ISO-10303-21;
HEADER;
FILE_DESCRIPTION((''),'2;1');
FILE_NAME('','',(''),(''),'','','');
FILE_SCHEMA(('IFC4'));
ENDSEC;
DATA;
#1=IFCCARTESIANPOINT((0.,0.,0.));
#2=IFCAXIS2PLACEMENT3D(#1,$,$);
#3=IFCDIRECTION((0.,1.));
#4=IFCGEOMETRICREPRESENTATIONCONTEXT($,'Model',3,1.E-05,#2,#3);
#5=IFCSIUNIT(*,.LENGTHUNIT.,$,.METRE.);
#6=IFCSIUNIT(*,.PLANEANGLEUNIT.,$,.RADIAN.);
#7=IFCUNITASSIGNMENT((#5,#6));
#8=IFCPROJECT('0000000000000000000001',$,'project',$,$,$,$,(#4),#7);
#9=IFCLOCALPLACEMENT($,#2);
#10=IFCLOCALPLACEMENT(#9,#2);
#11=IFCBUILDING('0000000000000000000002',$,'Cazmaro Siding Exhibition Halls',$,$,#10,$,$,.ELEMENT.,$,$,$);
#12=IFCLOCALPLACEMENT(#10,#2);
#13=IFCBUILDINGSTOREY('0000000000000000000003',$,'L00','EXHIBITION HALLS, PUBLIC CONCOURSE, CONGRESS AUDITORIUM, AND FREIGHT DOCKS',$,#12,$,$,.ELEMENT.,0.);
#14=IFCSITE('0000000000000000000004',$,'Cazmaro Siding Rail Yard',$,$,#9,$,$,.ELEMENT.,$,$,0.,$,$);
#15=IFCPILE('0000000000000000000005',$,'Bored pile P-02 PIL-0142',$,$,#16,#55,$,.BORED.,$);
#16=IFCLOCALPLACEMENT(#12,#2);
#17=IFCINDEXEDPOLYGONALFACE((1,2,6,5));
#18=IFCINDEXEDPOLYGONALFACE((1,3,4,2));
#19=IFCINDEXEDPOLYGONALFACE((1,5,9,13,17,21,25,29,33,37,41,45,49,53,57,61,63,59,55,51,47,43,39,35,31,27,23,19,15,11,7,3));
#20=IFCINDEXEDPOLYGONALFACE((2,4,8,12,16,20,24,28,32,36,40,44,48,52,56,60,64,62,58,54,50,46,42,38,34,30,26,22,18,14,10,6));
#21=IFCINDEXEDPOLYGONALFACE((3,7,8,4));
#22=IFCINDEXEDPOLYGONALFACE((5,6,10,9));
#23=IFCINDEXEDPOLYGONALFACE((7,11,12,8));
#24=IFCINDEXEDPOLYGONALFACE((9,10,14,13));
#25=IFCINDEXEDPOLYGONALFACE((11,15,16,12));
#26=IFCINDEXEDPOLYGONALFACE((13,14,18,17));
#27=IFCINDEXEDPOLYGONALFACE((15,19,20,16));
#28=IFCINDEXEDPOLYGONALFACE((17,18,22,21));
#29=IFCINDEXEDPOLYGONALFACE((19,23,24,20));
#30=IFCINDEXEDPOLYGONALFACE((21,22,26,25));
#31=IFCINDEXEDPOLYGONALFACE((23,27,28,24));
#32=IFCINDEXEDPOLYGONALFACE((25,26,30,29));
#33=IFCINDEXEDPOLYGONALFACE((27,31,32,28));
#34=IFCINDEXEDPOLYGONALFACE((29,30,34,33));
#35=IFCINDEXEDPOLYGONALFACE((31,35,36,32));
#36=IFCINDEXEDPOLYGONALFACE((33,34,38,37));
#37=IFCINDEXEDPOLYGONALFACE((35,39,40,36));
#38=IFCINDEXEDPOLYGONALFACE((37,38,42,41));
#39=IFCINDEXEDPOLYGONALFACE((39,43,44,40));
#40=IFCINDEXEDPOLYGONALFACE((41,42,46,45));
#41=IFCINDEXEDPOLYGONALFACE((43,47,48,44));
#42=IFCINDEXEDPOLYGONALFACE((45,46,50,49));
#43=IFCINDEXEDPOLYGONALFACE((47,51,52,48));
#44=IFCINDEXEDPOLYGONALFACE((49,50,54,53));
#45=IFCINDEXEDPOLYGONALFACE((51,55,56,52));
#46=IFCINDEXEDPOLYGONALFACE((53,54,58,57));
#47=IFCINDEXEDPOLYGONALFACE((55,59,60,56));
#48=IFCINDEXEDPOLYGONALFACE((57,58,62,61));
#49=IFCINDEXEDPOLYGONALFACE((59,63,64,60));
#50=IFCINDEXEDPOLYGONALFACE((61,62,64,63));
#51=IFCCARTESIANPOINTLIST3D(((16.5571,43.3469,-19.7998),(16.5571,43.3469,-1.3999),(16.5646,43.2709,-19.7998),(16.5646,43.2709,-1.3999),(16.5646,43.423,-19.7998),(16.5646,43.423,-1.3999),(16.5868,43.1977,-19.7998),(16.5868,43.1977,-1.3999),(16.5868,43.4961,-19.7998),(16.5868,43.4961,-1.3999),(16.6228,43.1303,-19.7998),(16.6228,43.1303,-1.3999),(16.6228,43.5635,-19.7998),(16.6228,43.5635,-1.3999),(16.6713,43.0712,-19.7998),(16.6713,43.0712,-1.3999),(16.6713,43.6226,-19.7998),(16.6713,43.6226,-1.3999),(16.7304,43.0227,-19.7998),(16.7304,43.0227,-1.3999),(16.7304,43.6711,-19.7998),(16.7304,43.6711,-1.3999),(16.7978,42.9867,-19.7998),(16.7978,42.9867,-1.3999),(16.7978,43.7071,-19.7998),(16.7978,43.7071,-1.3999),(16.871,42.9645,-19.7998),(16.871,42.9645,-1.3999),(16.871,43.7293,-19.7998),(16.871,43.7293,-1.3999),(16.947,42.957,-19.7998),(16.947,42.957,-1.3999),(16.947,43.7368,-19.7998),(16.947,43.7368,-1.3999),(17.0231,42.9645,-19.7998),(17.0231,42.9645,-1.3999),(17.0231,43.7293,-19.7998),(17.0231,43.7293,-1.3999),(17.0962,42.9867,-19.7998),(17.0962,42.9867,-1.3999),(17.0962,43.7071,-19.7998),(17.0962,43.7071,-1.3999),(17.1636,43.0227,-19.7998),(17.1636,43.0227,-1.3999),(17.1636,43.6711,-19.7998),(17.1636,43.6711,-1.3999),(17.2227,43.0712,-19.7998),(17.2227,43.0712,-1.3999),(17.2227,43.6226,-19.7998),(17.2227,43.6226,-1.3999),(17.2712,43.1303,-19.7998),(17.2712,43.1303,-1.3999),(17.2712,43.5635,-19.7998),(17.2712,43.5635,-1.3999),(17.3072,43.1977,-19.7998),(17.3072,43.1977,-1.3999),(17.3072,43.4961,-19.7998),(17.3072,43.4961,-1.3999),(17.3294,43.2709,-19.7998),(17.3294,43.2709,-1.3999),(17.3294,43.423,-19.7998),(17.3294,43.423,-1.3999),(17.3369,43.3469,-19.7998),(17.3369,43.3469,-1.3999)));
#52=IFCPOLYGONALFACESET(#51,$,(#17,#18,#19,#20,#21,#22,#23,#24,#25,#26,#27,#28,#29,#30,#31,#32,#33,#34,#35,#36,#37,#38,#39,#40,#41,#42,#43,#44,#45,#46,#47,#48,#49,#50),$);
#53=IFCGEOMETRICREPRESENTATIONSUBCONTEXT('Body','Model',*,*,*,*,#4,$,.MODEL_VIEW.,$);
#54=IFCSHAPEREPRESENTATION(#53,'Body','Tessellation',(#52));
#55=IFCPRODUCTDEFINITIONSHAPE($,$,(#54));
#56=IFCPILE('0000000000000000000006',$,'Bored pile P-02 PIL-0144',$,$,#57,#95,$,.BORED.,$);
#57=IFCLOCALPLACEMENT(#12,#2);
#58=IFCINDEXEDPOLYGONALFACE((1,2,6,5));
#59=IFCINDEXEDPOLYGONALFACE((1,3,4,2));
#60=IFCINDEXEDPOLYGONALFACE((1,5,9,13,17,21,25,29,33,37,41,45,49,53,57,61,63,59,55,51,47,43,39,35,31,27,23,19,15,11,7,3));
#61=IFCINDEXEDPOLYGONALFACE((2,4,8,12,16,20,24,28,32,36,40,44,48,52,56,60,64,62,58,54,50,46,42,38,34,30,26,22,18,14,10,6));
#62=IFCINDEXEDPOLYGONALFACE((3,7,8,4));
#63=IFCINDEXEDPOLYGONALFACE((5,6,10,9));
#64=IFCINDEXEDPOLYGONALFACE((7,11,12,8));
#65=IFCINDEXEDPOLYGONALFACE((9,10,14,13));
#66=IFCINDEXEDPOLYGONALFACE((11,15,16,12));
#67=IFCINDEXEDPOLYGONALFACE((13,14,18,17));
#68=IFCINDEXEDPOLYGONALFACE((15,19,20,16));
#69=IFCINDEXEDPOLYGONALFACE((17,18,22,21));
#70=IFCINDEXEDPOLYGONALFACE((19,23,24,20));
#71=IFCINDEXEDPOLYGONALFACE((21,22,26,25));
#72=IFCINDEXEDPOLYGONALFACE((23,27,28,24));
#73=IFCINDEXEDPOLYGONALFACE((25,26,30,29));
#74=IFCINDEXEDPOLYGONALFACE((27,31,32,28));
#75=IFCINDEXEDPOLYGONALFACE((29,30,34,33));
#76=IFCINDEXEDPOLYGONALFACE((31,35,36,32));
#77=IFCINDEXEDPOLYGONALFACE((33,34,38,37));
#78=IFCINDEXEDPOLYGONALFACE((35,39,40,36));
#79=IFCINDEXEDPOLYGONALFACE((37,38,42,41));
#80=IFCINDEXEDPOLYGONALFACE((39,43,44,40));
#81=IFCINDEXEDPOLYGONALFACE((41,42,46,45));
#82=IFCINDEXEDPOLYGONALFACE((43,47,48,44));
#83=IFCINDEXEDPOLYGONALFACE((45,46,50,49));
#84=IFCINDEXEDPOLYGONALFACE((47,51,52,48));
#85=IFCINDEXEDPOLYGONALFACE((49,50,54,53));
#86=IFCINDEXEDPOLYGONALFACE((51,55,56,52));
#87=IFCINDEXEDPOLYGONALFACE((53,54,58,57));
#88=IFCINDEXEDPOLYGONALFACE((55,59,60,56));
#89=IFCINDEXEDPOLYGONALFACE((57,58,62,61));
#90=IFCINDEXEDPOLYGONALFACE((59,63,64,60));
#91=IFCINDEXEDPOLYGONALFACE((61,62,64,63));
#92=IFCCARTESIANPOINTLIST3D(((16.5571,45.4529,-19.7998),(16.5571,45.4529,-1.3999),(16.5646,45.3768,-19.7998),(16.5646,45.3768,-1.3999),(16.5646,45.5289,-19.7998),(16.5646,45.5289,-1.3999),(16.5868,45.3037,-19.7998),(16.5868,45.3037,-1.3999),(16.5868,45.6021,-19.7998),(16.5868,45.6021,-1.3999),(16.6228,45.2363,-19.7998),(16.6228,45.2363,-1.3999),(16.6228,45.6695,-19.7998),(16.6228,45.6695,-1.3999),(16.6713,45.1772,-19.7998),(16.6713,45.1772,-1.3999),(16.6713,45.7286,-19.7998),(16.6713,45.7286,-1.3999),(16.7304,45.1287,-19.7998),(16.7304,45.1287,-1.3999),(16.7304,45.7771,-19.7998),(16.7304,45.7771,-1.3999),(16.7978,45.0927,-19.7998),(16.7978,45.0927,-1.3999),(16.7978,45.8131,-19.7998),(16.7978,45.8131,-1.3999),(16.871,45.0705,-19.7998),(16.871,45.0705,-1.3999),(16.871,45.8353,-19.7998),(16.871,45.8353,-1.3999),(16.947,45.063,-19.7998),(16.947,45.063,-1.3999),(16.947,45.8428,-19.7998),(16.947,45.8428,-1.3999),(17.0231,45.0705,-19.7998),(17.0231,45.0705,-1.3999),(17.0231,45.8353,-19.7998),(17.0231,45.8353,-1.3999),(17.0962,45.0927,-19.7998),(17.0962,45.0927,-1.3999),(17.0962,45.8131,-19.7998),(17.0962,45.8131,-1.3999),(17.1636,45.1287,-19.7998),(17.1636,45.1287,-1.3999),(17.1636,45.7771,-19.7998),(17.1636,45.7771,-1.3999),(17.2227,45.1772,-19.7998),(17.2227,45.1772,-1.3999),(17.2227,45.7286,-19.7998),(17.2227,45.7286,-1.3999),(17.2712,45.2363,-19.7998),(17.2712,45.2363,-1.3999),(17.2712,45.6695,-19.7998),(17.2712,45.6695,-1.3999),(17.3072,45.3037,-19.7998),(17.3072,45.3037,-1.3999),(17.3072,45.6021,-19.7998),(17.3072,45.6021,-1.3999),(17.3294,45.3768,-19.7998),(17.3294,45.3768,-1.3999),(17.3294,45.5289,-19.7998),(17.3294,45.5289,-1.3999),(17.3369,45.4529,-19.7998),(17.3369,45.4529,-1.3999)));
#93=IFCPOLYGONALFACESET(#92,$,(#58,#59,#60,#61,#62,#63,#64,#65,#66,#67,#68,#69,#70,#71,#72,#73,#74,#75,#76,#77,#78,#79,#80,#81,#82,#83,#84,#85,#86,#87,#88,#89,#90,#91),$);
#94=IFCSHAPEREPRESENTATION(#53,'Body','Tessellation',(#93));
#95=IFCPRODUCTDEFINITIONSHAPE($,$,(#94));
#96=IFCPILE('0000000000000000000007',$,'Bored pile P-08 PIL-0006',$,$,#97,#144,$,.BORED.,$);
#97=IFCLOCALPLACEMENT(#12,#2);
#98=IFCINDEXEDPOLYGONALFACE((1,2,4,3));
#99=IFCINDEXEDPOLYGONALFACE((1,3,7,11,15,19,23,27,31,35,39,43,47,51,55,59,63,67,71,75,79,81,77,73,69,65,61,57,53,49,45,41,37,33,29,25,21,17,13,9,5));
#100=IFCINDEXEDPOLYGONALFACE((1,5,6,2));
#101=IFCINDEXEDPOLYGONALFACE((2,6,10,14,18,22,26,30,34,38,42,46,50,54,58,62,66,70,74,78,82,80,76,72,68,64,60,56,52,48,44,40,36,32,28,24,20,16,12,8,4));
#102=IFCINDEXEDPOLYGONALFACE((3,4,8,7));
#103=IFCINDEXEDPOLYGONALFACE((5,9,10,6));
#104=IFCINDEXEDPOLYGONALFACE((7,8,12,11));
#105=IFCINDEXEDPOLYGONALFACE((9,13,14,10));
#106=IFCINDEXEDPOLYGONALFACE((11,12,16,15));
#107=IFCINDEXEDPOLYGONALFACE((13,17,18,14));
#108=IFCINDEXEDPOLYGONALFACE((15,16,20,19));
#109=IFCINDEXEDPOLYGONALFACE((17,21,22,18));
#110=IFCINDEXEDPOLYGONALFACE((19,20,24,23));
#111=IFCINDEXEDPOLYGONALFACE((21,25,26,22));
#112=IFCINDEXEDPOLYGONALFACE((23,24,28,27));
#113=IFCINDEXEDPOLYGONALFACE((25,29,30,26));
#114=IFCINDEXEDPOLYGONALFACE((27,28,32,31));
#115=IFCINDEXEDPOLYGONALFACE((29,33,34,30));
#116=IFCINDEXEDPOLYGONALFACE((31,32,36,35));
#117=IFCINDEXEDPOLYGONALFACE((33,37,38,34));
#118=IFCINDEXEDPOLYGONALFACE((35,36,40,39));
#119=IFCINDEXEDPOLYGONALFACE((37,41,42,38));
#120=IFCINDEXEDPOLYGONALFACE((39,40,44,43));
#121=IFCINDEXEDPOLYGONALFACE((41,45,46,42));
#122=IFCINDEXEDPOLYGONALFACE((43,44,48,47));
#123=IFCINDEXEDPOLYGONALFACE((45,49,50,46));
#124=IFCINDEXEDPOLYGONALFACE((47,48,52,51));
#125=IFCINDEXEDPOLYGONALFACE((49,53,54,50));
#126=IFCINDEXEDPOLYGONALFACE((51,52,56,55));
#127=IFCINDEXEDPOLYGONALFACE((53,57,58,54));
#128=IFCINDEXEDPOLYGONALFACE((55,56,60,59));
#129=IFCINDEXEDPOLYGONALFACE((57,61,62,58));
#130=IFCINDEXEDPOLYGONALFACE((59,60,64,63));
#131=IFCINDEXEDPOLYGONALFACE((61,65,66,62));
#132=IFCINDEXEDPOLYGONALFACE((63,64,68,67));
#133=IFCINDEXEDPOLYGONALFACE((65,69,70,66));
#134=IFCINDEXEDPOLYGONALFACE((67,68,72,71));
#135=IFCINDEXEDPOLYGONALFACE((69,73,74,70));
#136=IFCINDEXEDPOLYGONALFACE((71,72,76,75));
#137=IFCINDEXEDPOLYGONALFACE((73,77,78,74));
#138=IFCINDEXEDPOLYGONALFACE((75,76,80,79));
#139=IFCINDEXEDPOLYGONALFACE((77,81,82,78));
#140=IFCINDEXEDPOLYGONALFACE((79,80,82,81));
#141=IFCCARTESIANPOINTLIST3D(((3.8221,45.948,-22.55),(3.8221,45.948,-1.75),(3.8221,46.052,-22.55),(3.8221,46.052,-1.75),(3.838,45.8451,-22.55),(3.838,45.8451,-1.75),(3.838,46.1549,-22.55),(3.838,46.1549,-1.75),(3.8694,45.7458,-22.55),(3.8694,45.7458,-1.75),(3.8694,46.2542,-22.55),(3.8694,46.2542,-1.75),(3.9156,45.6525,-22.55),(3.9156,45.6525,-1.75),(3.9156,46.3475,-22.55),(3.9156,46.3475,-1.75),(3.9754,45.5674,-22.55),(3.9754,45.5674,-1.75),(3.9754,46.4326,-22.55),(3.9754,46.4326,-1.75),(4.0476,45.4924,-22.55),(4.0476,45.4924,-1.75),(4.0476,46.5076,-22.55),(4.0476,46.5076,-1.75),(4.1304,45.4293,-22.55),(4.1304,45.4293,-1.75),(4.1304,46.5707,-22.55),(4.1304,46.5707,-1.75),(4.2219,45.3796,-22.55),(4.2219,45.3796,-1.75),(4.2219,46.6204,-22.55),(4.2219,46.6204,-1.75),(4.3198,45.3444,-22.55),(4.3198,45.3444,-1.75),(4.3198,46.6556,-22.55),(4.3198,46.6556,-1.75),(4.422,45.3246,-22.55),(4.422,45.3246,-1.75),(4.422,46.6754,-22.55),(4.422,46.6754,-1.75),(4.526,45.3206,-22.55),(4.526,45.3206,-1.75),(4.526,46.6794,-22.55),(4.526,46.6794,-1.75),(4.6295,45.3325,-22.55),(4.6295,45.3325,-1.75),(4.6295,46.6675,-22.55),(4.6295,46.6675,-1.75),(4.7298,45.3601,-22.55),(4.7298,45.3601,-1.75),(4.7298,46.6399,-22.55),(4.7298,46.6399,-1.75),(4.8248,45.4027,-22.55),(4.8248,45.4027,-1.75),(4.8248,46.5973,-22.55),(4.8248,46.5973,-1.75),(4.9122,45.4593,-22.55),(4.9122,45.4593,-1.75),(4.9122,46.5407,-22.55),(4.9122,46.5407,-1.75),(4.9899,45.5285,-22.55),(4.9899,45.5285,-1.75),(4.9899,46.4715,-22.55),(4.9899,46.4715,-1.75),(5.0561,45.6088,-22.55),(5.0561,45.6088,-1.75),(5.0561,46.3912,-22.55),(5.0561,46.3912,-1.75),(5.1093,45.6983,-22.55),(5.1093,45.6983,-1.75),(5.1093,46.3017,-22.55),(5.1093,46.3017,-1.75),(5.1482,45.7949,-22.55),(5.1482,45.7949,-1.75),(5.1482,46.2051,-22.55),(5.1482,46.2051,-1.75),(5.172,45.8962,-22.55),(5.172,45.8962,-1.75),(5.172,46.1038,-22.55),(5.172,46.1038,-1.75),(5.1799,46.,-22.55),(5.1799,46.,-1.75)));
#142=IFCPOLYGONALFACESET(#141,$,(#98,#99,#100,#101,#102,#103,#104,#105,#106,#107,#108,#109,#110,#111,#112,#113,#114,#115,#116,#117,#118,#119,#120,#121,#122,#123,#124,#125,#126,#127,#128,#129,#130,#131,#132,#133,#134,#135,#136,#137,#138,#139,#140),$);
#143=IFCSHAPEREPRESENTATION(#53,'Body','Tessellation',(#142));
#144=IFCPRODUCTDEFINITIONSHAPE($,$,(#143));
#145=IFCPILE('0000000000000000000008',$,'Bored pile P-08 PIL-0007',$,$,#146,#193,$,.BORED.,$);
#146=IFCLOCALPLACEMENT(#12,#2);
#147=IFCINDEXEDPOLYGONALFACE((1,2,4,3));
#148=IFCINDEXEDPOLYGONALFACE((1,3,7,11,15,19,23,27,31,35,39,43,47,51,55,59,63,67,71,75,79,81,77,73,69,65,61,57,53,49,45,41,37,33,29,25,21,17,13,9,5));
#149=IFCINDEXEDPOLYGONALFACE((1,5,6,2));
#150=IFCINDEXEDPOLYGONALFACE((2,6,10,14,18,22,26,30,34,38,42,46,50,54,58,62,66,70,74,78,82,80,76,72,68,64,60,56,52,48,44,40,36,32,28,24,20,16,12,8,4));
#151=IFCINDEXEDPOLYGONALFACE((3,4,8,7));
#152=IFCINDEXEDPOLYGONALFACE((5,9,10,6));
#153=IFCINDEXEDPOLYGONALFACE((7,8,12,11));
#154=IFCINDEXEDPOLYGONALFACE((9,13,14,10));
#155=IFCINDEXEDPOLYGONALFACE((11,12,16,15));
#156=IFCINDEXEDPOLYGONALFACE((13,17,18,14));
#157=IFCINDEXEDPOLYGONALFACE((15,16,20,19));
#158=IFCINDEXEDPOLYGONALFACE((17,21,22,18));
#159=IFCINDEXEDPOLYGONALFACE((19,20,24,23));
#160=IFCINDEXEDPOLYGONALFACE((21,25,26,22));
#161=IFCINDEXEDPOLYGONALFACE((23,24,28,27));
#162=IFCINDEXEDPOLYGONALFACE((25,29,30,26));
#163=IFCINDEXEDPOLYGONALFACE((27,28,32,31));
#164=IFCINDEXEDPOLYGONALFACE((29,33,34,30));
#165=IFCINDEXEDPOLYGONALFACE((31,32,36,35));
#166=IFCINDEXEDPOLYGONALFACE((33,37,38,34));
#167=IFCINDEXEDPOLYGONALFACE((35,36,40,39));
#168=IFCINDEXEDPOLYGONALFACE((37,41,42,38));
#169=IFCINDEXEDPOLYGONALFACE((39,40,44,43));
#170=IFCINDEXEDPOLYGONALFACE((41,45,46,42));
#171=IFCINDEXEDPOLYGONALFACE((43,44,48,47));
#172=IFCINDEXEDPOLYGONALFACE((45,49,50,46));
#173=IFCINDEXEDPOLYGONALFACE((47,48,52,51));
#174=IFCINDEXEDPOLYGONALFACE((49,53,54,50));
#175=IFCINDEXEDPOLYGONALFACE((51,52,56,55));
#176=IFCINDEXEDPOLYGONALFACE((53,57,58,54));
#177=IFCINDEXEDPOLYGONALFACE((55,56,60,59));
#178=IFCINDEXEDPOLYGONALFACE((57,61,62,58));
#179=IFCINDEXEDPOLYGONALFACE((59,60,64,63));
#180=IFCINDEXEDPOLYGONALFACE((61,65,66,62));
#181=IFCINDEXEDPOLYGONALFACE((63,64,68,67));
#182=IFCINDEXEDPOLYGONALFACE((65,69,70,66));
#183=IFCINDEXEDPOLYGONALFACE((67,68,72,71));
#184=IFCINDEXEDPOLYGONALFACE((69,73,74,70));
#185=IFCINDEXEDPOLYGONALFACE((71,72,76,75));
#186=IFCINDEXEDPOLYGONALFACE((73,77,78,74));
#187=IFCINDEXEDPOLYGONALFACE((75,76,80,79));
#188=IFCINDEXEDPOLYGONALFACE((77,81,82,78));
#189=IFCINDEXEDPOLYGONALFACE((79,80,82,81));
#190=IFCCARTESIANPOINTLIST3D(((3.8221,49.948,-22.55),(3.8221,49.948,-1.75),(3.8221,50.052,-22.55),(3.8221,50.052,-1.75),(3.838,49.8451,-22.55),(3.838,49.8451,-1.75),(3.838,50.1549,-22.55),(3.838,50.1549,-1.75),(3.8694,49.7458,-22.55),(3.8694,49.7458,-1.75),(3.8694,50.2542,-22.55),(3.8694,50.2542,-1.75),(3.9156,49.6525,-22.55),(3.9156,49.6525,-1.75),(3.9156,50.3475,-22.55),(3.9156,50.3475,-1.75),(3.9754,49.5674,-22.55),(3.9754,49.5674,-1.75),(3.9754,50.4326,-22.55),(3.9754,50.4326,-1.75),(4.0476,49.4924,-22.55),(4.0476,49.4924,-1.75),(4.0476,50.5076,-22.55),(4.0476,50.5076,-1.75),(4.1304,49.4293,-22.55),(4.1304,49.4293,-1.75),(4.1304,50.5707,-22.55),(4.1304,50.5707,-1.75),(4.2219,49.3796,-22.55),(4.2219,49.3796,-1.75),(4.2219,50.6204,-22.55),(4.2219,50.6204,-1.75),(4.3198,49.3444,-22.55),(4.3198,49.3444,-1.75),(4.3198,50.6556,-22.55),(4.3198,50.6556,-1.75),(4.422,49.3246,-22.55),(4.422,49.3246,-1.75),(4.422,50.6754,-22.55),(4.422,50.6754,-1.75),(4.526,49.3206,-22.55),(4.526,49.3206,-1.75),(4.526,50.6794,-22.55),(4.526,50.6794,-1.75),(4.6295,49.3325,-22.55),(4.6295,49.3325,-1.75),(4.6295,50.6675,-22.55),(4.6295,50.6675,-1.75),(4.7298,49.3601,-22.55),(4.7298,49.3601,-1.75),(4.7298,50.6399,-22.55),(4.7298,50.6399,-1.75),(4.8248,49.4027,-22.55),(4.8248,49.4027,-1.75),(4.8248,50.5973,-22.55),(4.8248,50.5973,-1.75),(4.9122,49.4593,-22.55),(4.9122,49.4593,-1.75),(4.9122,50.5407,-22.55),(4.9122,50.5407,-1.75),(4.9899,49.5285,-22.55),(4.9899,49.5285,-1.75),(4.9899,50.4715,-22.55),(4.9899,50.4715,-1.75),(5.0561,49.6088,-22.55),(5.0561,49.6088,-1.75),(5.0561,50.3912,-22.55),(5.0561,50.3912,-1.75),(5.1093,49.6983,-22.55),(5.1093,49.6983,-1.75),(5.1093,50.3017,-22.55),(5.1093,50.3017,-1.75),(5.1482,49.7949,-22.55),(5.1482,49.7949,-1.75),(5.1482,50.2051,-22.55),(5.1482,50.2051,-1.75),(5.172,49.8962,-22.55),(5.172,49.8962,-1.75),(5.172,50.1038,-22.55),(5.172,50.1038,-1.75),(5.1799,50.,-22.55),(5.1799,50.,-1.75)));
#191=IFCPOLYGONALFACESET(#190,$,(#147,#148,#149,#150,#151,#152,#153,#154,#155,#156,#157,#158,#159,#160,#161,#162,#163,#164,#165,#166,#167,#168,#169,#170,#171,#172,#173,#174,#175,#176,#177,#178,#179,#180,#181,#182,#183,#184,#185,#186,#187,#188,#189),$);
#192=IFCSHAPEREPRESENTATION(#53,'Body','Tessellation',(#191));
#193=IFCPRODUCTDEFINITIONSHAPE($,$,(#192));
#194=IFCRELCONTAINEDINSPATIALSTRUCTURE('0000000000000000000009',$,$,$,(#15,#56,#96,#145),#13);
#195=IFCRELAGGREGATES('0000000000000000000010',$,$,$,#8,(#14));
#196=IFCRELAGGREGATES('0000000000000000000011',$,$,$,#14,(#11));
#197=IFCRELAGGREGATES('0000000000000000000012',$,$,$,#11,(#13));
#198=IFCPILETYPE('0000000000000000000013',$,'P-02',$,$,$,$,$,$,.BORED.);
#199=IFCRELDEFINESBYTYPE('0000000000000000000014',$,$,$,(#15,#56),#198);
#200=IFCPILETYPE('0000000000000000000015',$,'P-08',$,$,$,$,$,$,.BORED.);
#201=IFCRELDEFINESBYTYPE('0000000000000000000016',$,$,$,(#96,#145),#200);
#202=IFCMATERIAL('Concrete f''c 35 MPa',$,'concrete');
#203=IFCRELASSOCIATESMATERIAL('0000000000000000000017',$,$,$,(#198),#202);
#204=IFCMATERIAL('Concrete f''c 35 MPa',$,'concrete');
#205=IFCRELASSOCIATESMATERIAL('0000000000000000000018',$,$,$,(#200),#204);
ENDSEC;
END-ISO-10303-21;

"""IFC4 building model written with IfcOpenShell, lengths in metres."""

from ifc_helpers import new_model, si_unit, direction, frame, origin, origin_2d, place, context, subcontext, project, spatial, circle, extrude, material, material_profile, profile_set, type_object, element, save


model = new_model("IFC4")

# Units and contexts
model_context = context("Model", 3, precision=1e-05, world=origin(), true_north=direction((0.0, 1.0)))
body_context = subcontext(model_context, "Body", "Model", "MODEL_VIEW")
ifc_project = project(units=[si_unit("LENGTHUNIT", "METRE"), si_unit("PLANEANGLEUNIT", "RADIAN")], contexts=[model_context])

# Site, building, storey
site_placement = place(None, origin())
site = spatial("IfcSite", under=ifc_project, at=site_placement, Name="Cazmaro Siding Rail Yard", CompositionType="ELEMENT", RefElevation=0.0)
building_placement = place(site_placement, origin())
building = spatial("IfcBuilding", under=site, at=building_placement, Name="Cazmaro Siding Exhibition Halls", CompositionType="ELEMENT")
storey_placement = place(building_placement, origin())
storey = spatial("IfcBuildingStorey", under=building, at=storey_placement, Name="L00", Description="EXHIBITION HALLS, PUBLIC CONCOURSE, CONGRESS AUDITORIUM, AND FREIGHT DOCKS", CompositionType="ELEMENT", Elevation=0.0)

# Piles
ifc_material_1 = material(Name="Concrete f'c 35 MPa", Category="concrete")
ifc_material_profile_1 = material_profile(ifc_material_1, circle(Radius=0.3899, at=origin_2d()), Name="CIDH-780")
ifc_profile_set_1 = profile_set([ifc_material_profile_1], Name="Concrete f'c 35 MPa")
pile_type_1 = type_object("IfcPileType", Name="P-02", PredefinedType="BORED", material=ifc_profile_set_1)
for number, where, z_axis, x_axis, name in (
    (1, (16.947, 43.3469, -1.3999), (0.0, 0.0, -1.0), (1.0, 0.0, 0.0), "Bored pile P-02 PIL-0142"),
    (2, (16.947, 45.4529, -1.3999), (0.0, 0.0, -1.0), (1.0, 0.0, 0.0), "Bored pile P-02 PIL-0144"),
):
    element("IfcPile", number, at=place(storey_placement, frame(where, z_axis=z_axis, x_axis=x_axis)), inside=storey, type_object=pile_type_1, Name=name, PredefinedType="BORED", context=body_context, shape_type="SweptSolid", body=[
        extrude(circle(Radius=0.3899, at=origin_2d()), origin(), (0.0, 0.0, 1.0), 18.3999),
    ])
ifc_material_2 = material(Name="Concrete f'c 35 MPa", Category="concrete")
ifc_material_profile_2 = material_profile(ifc_material_2, circle(Radius=0.6799, at=origin_2d()), Name="CIDH-1360")
ifc_profile_set_2 = profile_set([ifc_material_profile_2], Name="Concrete f'c 35 MPa")
pile_type_2 = type_object("IfcPileType", Name="P-08", PredefinedType="BORED", material=ifc_profile_set_2)
for number, where, z_axis, x_axis, name in (
    (3, (4.5, 46.0, -1.75), (0.0, 0.0, -1.0), (1.0, 0.0, 0.0), "Bored pile P-08 PIL-0006"),
    (4, (4.5, 50.0, -1.75), (0.0, 0.0, -1.0), (1.0, 0.0, 0.0), "Bored pile P-08 PIL-0007"),
):
    element("IfcPile", number, at=place(storey_placement, frame(where, z_axis=z_axis, x_axis=x_axis)), inside=storey, type_object=pile_type_2, Name=name, PredefinedType="BORED", context=body_context, shape_type="SweptSolid", body=[
        extrude(circle(Radius=0.6799, at=origin_2d()), origin(), (0.0, 0.0, 1.0), 20.8),
    ])

save(model, "model.ifc")
